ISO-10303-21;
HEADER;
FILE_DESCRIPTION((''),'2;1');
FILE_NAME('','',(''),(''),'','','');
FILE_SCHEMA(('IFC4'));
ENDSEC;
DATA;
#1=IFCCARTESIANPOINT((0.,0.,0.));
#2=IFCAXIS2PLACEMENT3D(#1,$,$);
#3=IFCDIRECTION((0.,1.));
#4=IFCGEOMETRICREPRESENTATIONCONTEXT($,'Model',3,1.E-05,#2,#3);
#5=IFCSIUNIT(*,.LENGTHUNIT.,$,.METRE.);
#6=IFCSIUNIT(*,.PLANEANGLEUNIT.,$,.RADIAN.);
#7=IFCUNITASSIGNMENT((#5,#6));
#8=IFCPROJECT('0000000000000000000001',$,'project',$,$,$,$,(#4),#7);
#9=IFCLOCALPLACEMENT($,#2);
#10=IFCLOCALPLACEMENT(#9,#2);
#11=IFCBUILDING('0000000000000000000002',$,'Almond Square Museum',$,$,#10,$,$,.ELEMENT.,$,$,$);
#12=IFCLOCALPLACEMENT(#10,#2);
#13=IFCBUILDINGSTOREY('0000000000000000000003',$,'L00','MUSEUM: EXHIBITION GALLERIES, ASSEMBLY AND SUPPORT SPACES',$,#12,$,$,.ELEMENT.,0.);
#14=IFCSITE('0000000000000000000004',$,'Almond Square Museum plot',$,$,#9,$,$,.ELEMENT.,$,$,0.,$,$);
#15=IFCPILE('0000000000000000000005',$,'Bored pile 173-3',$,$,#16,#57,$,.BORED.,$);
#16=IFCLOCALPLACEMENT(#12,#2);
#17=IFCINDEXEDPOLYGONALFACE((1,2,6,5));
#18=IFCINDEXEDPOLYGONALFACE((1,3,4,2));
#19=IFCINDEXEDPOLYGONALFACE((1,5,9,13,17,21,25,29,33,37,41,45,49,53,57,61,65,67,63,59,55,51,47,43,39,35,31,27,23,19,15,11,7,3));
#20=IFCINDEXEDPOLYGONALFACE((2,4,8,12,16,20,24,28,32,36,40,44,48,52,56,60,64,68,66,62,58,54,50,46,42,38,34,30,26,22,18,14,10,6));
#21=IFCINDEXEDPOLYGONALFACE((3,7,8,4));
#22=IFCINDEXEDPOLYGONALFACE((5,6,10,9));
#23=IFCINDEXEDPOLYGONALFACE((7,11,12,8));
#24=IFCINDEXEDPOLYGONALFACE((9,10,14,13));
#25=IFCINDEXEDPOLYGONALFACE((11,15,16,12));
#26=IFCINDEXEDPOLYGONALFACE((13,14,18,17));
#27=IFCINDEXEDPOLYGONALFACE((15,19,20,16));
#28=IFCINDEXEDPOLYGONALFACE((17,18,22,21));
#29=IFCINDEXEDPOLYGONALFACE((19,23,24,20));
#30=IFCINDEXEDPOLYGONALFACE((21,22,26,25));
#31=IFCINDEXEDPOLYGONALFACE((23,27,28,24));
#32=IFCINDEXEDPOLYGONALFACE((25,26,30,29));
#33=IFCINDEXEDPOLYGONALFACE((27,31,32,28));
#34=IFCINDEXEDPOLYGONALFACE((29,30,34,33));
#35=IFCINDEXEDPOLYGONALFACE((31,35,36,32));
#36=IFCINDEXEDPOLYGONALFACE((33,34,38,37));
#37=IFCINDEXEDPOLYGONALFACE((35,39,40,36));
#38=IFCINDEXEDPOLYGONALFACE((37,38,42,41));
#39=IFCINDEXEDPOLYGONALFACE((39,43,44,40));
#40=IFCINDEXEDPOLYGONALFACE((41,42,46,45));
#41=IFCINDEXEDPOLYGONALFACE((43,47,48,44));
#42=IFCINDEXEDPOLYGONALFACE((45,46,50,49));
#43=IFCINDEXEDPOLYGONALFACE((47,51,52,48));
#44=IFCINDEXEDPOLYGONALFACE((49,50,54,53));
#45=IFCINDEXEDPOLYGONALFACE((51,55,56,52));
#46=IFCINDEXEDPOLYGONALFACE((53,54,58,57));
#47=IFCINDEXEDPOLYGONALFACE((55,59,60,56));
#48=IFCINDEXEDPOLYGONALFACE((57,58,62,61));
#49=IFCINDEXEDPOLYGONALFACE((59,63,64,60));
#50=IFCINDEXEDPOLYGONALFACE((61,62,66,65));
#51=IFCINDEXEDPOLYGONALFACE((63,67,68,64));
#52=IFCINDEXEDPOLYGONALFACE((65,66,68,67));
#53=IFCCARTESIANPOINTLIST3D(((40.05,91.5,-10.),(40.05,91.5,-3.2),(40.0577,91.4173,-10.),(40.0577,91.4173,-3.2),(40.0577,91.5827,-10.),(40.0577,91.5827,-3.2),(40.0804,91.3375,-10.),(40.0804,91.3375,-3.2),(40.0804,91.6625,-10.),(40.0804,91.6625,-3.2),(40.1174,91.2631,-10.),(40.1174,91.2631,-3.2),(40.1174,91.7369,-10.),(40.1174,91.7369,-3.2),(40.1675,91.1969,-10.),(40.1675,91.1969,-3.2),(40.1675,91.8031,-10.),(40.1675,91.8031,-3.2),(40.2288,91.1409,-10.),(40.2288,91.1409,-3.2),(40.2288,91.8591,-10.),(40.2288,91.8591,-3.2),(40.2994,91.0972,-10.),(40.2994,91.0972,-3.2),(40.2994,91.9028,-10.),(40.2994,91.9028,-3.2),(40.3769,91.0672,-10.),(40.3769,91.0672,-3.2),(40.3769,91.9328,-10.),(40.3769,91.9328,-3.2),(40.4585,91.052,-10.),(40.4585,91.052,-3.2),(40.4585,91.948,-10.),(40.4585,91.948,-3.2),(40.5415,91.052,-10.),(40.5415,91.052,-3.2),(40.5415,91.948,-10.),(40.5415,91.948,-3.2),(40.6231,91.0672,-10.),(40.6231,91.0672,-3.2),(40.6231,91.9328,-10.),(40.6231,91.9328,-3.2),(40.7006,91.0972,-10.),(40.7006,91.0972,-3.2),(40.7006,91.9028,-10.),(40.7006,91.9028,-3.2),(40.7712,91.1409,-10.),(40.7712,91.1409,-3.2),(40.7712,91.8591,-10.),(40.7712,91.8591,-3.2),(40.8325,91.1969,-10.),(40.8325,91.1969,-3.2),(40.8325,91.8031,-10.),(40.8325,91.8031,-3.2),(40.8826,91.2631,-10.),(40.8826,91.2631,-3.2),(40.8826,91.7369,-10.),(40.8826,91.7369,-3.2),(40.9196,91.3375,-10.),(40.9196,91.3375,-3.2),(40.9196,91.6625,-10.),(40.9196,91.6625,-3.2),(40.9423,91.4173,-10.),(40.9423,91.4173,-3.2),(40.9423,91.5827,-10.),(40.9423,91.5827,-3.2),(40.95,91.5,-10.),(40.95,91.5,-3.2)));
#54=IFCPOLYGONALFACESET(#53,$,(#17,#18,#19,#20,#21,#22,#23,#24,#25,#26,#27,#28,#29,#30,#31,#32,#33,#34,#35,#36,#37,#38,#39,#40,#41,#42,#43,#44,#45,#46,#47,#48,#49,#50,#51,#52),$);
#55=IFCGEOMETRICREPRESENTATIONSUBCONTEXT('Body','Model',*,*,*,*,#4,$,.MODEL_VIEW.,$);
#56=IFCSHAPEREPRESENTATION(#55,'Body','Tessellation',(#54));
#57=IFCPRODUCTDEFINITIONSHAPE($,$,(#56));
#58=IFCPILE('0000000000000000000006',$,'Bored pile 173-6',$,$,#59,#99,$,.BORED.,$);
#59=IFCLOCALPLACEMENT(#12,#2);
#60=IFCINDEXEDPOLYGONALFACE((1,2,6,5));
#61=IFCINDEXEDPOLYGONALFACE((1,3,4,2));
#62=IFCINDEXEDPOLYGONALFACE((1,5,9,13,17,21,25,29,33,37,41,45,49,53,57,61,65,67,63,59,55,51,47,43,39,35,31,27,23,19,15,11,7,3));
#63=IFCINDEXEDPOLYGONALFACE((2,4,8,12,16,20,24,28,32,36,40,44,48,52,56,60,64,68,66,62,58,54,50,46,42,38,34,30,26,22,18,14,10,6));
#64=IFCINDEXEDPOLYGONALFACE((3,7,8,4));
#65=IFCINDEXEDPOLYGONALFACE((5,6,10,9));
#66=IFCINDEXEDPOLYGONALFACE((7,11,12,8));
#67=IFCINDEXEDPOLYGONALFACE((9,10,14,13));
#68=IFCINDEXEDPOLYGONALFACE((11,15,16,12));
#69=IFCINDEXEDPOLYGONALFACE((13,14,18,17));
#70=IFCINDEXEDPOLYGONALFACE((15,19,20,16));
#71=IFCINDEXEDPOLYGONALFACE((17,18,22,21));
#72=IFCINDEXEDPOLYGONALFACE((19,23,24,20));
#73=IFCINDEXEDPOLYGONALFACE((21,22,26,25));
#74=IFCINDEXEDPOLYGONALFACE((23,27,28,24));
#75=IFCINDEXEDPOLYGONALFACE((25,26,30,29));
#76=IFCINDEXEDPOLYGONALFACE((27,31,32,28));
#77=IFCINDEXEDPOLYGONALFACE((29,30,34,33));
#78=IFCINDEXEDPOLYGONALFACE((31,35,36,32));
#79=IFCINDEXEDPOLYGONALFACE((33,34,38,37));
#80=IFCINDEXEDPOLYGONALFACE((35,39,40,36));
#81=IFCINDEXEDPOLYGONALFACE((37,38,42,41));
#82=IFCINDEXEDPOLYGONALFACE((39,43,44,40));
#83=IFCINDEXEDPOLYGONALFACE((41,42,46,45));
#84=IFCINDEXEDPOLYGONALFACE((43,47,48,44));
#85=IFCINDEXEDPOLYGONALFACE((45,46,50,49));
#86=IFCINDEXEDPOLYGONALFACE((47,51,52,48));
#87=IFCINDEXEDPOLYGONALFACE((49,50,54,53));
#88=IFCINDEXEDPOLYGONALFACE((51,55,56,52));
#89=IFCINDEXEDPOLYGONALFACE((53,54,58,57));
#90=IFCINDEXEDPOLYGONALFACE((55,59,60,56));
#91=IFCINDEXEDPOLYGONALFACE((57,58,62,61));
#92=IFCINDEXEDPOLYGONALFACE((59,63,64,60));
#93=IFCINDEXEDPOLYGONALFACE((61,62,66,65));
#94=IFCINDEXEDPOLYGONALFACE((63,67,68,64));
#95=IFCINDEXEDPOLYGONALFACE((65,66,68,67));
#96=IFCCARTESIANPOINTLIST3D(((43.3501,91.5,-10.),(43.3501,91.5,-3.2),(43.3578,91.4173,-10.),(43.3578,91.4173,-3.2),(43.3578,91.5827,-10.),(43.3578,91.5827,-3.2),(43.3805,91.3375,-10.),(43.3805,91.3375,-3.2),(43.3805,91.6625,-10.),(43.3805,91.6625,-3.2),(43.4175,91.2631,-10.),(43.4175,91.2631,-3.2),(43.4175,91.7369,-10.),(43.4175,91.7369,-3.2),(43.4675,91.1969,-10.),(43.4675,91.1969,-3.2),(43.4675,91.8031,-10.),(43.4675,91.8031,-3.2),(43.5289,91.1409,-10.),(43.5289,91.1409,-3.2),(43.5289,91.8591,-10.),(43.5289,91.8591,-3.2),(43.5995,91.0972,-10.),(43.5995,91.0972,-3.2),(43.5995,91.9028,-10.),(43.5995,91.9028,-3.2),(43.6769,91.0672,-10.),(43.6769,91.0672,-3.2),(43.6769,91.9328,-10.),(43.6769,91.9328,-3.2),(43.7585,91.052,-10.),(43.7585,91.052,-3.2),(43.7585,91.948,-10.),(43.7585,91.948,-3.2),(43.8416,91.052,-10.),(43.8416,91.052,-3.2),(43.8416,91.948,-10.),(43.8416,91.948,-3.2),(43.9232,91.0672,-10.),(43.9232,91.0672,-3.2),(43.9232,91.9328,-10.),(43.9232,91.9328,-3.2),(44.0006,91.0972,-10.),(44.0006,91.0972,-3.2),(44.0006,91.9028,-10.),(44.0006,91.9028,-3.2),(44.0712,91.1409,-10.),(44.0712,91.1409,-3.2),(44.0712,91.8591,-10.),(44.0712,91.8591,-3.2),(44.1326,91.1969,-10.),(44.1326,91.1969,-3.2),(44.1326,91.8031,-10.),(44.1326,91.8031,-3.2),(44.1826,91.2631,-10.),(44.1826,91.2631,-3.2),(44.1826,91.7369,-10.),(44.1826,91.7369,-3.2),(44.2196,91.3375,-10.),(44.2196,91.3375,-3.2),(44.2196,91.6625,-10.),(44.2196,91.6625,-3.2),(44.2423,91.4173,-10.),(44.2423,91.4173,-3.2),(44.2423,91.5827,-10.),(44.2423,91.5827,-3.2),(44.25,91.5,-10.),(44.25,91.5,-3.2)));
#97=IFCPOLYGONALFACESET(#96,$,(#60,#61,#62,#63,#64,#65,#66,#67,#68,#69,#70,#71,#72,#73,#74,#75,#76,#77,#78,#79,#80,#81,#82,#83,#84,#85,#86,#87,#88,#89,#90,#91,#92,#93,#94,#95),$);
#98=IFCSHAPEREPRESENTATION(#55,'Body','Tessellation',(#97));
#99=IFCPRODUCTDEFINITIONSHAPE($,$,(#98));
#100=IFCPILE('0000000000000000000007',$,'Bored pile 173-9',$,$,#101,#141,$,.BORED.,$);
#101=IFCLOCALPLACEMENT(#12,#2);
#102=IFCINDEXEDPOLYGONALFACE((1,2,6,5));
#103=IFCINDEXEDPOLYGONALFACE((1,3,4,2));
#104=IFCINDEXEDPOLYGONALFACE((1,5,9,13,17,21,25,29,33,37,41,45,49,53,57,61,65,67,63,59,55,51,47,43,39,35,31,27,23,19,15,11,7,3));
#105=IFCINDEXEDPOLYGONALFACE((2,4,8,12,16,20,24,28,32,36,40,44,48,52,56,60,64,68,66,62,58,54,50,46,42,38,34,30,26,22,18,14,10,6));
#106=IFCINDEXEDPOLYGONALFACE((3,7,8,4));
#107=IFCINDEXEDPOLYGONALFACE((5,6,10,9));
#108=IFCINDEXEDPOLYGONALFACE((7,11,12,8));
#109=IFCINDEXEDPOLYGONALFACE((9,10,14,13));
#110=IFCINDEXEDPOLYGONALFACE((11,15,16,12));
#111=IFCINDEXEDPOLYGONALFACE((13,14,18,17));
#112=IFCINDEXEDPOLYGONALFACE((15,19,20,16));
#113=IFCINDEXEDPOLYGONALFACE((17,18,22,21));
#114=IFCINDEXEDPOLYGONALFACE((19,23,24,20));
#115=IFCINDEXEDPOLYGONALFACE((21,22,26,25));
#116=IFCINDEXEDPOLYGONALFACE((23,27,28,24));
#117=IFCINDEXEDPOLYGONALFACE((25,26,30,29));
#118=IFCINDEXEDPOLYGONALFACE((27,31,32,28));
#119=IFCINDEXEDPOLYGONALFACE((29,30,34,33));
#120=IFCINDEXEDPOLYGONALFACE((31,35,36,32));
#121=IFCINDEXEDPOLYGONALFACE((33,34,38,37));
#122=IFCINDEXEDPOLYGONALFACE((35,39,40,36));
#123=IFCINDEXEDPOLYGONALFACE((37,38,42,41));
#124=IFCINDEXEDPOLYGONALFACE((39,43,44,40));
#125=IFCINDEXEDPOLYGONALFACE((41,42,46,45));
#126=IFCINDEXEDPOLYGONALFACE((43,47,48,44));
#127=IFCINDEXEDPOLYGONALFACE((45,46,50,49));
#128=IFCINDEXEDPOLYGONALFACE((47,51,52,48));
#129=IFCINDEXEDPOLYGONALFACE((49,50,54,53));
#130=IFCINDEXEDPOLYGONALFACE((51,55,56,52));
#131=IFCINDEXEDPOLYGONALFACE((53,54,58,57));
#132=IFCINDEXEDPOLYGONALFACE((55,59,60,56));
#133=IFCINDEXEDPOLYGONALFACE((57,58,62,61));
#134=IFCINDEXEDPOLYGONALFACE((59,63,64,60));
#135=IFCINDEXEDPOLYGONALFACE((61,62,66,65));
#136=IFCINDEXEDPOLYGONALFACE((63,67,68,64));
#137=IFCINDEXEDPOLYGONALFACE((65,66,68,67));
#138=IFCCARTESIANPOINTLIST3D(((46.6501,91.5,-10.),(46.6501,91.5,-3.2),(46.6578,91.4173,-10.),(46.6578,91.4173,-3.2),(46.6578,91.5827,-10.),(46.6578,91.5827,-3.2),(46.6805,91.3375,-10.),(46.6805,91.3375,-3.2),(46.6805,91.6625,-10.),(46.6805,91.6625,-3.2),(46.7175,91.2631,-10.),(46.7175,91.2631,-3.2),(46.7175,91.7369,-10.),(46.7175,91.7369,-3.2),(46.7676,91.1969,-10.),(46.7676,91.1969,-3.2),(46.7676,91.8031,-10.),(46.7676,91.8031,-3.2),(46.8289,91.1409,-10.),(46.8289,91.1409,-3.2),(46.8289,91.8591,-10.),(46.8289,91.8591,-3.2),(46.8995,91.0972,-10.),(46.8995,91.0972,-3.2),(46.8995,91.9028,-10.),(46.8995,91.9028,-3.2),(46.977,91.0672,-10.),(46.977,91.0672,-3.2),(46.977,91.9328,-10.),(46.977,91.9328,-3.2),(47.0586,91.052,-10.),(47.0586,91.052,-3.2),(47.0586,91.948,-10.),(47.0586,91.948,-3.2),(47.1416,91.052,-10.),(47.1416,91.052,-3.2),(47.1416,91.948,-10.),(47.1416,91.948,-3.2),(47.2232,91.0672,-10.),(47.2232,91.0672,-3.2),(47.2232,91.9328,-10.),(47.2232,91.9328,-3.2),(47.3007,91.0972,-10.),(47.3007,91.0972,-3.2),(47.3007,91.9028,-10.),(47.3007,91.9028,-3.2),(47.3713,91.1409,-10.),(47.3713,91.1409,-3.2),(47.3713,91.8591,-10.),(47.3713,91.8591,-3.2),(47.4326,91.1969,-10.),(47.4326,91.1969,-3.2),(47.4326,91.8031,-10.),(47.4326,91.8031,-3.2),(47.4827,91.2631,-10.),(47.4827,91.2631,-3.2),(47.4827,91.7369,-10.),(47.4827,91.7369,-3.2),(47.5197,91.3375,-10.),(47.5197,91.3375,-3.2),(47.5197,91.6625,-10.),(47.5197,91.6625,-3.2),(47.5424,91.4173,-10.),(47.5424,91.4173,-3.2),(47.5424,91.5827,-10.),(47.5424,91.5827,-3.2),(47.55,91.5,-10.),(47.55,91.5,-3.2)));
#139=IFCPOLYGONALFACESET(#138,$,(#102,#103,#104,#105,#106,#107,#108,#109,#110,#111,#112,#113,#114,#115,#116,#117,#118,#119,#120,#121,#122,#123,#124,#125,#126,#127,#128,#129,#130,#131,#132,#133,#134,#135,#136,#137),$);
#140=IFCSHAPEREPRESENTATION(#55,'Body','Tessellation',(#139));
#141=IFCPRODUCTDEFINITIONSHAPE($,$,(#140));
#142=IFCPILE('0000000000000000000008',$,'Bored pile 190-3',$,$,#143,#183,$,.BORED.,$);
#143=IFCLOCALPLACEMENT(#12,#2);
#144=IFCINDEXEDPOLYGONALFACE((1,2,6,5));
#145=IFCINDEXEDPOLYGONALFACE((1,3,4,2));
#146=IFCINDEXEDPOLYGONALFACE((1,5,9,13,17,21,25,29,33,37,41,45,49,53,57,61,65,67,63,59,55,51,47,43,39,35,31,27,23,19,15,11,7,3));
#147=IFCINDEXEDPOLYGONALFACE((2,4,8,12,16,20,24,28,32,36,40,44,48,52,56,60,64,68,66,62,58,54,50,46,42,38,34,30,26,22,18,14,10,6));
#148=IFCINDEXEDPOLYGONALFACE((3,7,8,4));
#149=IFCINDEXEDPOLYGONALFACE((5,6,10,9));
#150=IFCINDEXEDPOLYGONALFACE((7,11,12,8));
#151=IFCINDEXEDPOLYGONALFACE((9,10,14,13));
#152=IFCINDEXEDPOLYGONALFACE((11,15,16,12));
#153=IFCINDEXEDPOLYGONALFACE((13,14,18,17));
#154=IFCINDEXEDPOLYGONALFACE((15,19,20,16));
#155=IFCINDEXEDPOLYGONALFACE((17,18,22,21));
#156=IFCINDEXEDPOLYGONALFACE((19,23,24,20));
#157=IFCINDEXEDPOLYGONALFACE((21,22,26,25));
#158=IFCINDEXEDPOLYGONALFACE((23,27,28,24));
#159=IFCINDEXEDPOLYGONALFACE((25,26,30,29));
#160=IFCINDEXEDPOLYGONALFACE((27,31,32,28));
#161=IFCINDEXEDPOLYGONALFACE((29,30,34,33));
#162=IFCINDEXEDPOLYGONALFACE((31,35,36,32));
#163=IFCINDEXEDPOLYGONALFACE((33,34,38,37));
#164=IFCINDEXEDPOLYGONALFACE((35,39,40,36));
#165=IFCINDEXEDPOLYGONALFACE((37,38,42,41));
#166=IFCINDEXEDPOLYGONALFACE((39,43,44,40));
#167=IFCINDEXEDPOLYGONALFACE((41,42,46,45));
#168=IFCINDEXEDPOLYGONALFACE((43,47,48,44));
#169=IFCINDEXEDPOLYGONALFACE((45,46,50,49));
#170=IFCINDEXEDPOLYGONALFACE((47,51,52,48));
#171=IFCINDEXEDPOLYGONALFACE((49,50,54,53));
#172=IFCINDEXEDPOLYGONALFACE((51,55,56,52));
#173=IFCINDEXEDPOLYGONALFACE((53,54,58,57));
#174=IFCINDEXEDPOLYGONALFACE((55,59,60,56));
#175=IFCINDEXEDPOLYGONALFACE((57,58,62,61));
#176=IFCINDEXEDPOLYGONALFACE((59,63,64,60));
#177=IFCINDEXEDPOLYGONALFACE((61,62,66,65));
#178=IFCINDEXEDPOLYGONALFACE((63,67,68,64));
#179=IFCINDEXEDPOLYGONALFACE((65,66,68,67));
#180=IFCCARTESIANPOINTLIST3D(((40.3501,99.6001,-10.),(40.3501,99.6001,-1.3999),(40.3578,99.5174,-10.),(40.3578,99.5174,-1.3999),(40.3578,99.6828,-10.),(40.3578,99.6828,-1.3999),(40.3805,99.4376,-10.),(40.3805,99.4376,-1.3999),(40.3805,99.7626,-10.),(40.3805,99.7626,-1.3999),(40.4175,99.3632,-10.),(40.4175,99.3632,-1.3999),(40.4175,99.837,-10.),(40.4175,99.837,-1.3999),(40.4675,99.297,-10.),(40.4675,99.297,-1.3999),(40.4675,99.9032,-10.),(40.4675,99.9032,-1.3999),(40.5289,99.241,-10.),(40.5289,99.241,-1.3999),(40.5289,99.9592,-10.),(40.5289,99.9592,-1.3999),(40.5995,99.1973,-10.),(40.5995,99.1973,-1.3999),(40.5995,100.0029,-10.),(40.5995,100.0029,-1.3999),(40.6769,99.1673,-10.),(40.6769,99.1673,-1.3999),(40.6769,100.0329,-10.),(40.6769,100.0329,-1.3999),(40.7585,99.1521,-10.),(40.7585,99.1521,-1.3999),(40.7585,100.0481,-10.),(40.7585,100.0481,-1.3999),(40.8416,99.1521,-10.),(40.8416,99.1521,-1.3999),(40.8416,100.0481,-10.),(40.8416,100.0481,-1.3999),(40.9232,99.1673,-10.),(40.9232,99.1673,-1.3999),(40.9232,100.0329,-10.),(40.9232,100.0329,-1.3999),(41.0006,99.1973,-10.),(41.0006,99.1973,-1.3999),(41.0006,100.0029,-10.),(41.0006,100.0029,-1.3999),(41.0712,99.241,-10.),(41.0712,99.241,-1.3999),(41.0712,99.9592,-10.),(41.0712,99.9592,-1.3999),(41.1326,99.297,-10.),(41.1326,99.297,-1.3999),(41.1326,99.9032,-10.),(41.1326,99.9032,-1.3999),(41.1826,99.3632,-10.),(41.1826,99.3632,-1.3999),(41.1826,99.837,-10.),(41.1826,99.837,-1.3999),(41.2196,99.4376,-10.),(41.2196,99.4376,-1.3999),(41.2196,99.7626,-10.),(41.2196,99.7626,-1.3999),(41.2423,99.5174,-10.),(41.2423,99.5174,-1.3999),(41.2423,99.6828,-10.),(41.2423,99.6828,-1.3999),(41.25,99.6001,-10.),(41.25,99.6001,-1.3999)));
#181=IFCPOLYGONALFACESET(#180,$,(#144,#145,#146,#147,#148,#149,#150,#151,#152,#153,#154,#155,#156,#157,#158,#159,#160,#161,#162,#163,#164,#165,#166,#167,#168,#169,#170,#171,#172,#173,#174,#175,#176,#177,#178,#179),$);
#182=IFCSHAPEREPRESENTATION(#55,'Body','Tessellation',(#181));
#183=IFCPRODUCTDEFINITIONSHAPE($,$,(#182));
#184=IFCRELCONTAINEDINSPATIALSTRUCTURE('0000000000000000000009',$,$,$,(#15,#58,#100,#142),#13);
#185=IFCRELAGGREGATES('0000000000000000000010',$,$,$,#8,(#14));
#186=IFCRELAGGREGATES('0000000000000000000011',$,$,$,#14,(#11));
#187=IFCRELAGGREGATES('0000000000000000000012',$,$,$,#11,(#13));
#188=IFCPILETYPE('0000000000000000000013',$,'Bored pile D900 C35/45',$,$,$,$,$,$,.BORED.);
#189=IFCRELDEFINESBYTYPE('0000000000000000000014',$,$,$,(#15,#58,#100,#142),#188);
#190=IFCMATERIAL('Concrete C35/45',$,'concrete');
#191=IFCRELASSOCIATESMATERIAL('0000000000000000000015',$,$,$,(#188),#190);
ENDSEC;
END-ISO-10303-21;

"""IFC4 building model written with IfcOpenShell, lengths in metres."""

from ifc_helpers import new_model, si_unit, direction, frame, origin, origin_2d, place, context, subcontext, project, spatial, circle, extrude, material, material_profile, profile_set, type_object, element, save


model = new_model("IFC4")

# Units and contexts
model_context = context("Model", 3, precision=1e-05, world=origin(), true_north=direction((0.0, 1.0)))
body_context = subcontext(model_context, "Body", "Model", "MODEL_VIEW")
ifc_project = project(units=[si_unit("LENGTHUNIT", "METRE"), si_unit("PLANEANGLEUNIT", "RADIAN")], contexts=[model_context])

# Site, building, storey
site_placement = place(None, origin())
site = spatial("IfcSite", under=ifc_project, at=site_placement, Name="Almond Square Museum plot", CompositionType="ELEMENT", RefElevation=0.0)
building_placement = place(site_placement, origin())
building = spatial("IfcBuilding", under=site, at=building_placement, Name="Almond Square Museum", CompositionType="ELEMENT")
storey_placement = place(building_placement, origin())
storey = spatial("IfcBuildingStorey", under=building, at=storey_placement, Name="L00", Description="MUSEUM: EXHIBITION GALLERIES, ASSEMBLY AND SUPPORT SPACES", CompositionType="ELEMENT", Elevation=0.0)

# Piles
ifc_material_1 = material(Name="Concrete C35/45", Category="concrete")
ifc_material_profile_1 = material_profile(ifc_material_1, circle(Radius=0.45, at=origin_2d()))
ifc_profile_set_1 = profile_set([ifc_material_profile_1], Name="Concrete C35/45")
pile_type = type_object("IfcPileType", Name="Bored pile D900 C35/45", PredefinedType="BORED", material=ifc_profile_set_1)
for number, where, z_axis, x_axis, name in (
    (1, (40.5, 91.5, -3.2), (0.0, 0.0, -1.0), (1.0, 0.0, 0.0), "Bored pile 173-3"),
    (2, (43.8, 91.5, -3.2), (0.0, 0.0, -1.0), (1.0, 0.0, 0.0), "Bored pile 173-6"),
    (3, (47.1001, 91.5, -3.2), (0.0, 0.0, -1.0), (1.0, 0.0, 0.0), "Bored pile 173-9"),
):
    element("IfcPile", number, at=place(storey_placement, frame(where, z_axis=z_axis, x_axis=x_axis)), inside=storey, type_object=pile_type, Name=name, PredefinedType="BORED", context=body_context, shape_type="SweptSolid", body=[
        extrude(circle(Radius=0.45, at=origin_2d()), origin(), (0.0, 0.0, 1.0), 6.8),
    ])
for number, where, z_axis, x_axis, name in (
    (4, (40.8, 99.6001, -1.3999), (0.0, 0.0, -1.0), (1.0, 0.0, 0.0), "Bored pile 190-3"),
):
    element("IfcPile", number, at=place(storey_placement, frame(where, z_axis=z_axis, x_axis=x_axis)), inside=storey, type_object=pile_type, Name=name, PredefinedType="BORED", context=body_context, shape_type="SweptSolid", body=[
        extrude(circle(Radius=0.45, at=origin_2d()), origin(), (0.0, 0.0, 1.0), 8.6001),
    ])

save(model, "model.ifc")
